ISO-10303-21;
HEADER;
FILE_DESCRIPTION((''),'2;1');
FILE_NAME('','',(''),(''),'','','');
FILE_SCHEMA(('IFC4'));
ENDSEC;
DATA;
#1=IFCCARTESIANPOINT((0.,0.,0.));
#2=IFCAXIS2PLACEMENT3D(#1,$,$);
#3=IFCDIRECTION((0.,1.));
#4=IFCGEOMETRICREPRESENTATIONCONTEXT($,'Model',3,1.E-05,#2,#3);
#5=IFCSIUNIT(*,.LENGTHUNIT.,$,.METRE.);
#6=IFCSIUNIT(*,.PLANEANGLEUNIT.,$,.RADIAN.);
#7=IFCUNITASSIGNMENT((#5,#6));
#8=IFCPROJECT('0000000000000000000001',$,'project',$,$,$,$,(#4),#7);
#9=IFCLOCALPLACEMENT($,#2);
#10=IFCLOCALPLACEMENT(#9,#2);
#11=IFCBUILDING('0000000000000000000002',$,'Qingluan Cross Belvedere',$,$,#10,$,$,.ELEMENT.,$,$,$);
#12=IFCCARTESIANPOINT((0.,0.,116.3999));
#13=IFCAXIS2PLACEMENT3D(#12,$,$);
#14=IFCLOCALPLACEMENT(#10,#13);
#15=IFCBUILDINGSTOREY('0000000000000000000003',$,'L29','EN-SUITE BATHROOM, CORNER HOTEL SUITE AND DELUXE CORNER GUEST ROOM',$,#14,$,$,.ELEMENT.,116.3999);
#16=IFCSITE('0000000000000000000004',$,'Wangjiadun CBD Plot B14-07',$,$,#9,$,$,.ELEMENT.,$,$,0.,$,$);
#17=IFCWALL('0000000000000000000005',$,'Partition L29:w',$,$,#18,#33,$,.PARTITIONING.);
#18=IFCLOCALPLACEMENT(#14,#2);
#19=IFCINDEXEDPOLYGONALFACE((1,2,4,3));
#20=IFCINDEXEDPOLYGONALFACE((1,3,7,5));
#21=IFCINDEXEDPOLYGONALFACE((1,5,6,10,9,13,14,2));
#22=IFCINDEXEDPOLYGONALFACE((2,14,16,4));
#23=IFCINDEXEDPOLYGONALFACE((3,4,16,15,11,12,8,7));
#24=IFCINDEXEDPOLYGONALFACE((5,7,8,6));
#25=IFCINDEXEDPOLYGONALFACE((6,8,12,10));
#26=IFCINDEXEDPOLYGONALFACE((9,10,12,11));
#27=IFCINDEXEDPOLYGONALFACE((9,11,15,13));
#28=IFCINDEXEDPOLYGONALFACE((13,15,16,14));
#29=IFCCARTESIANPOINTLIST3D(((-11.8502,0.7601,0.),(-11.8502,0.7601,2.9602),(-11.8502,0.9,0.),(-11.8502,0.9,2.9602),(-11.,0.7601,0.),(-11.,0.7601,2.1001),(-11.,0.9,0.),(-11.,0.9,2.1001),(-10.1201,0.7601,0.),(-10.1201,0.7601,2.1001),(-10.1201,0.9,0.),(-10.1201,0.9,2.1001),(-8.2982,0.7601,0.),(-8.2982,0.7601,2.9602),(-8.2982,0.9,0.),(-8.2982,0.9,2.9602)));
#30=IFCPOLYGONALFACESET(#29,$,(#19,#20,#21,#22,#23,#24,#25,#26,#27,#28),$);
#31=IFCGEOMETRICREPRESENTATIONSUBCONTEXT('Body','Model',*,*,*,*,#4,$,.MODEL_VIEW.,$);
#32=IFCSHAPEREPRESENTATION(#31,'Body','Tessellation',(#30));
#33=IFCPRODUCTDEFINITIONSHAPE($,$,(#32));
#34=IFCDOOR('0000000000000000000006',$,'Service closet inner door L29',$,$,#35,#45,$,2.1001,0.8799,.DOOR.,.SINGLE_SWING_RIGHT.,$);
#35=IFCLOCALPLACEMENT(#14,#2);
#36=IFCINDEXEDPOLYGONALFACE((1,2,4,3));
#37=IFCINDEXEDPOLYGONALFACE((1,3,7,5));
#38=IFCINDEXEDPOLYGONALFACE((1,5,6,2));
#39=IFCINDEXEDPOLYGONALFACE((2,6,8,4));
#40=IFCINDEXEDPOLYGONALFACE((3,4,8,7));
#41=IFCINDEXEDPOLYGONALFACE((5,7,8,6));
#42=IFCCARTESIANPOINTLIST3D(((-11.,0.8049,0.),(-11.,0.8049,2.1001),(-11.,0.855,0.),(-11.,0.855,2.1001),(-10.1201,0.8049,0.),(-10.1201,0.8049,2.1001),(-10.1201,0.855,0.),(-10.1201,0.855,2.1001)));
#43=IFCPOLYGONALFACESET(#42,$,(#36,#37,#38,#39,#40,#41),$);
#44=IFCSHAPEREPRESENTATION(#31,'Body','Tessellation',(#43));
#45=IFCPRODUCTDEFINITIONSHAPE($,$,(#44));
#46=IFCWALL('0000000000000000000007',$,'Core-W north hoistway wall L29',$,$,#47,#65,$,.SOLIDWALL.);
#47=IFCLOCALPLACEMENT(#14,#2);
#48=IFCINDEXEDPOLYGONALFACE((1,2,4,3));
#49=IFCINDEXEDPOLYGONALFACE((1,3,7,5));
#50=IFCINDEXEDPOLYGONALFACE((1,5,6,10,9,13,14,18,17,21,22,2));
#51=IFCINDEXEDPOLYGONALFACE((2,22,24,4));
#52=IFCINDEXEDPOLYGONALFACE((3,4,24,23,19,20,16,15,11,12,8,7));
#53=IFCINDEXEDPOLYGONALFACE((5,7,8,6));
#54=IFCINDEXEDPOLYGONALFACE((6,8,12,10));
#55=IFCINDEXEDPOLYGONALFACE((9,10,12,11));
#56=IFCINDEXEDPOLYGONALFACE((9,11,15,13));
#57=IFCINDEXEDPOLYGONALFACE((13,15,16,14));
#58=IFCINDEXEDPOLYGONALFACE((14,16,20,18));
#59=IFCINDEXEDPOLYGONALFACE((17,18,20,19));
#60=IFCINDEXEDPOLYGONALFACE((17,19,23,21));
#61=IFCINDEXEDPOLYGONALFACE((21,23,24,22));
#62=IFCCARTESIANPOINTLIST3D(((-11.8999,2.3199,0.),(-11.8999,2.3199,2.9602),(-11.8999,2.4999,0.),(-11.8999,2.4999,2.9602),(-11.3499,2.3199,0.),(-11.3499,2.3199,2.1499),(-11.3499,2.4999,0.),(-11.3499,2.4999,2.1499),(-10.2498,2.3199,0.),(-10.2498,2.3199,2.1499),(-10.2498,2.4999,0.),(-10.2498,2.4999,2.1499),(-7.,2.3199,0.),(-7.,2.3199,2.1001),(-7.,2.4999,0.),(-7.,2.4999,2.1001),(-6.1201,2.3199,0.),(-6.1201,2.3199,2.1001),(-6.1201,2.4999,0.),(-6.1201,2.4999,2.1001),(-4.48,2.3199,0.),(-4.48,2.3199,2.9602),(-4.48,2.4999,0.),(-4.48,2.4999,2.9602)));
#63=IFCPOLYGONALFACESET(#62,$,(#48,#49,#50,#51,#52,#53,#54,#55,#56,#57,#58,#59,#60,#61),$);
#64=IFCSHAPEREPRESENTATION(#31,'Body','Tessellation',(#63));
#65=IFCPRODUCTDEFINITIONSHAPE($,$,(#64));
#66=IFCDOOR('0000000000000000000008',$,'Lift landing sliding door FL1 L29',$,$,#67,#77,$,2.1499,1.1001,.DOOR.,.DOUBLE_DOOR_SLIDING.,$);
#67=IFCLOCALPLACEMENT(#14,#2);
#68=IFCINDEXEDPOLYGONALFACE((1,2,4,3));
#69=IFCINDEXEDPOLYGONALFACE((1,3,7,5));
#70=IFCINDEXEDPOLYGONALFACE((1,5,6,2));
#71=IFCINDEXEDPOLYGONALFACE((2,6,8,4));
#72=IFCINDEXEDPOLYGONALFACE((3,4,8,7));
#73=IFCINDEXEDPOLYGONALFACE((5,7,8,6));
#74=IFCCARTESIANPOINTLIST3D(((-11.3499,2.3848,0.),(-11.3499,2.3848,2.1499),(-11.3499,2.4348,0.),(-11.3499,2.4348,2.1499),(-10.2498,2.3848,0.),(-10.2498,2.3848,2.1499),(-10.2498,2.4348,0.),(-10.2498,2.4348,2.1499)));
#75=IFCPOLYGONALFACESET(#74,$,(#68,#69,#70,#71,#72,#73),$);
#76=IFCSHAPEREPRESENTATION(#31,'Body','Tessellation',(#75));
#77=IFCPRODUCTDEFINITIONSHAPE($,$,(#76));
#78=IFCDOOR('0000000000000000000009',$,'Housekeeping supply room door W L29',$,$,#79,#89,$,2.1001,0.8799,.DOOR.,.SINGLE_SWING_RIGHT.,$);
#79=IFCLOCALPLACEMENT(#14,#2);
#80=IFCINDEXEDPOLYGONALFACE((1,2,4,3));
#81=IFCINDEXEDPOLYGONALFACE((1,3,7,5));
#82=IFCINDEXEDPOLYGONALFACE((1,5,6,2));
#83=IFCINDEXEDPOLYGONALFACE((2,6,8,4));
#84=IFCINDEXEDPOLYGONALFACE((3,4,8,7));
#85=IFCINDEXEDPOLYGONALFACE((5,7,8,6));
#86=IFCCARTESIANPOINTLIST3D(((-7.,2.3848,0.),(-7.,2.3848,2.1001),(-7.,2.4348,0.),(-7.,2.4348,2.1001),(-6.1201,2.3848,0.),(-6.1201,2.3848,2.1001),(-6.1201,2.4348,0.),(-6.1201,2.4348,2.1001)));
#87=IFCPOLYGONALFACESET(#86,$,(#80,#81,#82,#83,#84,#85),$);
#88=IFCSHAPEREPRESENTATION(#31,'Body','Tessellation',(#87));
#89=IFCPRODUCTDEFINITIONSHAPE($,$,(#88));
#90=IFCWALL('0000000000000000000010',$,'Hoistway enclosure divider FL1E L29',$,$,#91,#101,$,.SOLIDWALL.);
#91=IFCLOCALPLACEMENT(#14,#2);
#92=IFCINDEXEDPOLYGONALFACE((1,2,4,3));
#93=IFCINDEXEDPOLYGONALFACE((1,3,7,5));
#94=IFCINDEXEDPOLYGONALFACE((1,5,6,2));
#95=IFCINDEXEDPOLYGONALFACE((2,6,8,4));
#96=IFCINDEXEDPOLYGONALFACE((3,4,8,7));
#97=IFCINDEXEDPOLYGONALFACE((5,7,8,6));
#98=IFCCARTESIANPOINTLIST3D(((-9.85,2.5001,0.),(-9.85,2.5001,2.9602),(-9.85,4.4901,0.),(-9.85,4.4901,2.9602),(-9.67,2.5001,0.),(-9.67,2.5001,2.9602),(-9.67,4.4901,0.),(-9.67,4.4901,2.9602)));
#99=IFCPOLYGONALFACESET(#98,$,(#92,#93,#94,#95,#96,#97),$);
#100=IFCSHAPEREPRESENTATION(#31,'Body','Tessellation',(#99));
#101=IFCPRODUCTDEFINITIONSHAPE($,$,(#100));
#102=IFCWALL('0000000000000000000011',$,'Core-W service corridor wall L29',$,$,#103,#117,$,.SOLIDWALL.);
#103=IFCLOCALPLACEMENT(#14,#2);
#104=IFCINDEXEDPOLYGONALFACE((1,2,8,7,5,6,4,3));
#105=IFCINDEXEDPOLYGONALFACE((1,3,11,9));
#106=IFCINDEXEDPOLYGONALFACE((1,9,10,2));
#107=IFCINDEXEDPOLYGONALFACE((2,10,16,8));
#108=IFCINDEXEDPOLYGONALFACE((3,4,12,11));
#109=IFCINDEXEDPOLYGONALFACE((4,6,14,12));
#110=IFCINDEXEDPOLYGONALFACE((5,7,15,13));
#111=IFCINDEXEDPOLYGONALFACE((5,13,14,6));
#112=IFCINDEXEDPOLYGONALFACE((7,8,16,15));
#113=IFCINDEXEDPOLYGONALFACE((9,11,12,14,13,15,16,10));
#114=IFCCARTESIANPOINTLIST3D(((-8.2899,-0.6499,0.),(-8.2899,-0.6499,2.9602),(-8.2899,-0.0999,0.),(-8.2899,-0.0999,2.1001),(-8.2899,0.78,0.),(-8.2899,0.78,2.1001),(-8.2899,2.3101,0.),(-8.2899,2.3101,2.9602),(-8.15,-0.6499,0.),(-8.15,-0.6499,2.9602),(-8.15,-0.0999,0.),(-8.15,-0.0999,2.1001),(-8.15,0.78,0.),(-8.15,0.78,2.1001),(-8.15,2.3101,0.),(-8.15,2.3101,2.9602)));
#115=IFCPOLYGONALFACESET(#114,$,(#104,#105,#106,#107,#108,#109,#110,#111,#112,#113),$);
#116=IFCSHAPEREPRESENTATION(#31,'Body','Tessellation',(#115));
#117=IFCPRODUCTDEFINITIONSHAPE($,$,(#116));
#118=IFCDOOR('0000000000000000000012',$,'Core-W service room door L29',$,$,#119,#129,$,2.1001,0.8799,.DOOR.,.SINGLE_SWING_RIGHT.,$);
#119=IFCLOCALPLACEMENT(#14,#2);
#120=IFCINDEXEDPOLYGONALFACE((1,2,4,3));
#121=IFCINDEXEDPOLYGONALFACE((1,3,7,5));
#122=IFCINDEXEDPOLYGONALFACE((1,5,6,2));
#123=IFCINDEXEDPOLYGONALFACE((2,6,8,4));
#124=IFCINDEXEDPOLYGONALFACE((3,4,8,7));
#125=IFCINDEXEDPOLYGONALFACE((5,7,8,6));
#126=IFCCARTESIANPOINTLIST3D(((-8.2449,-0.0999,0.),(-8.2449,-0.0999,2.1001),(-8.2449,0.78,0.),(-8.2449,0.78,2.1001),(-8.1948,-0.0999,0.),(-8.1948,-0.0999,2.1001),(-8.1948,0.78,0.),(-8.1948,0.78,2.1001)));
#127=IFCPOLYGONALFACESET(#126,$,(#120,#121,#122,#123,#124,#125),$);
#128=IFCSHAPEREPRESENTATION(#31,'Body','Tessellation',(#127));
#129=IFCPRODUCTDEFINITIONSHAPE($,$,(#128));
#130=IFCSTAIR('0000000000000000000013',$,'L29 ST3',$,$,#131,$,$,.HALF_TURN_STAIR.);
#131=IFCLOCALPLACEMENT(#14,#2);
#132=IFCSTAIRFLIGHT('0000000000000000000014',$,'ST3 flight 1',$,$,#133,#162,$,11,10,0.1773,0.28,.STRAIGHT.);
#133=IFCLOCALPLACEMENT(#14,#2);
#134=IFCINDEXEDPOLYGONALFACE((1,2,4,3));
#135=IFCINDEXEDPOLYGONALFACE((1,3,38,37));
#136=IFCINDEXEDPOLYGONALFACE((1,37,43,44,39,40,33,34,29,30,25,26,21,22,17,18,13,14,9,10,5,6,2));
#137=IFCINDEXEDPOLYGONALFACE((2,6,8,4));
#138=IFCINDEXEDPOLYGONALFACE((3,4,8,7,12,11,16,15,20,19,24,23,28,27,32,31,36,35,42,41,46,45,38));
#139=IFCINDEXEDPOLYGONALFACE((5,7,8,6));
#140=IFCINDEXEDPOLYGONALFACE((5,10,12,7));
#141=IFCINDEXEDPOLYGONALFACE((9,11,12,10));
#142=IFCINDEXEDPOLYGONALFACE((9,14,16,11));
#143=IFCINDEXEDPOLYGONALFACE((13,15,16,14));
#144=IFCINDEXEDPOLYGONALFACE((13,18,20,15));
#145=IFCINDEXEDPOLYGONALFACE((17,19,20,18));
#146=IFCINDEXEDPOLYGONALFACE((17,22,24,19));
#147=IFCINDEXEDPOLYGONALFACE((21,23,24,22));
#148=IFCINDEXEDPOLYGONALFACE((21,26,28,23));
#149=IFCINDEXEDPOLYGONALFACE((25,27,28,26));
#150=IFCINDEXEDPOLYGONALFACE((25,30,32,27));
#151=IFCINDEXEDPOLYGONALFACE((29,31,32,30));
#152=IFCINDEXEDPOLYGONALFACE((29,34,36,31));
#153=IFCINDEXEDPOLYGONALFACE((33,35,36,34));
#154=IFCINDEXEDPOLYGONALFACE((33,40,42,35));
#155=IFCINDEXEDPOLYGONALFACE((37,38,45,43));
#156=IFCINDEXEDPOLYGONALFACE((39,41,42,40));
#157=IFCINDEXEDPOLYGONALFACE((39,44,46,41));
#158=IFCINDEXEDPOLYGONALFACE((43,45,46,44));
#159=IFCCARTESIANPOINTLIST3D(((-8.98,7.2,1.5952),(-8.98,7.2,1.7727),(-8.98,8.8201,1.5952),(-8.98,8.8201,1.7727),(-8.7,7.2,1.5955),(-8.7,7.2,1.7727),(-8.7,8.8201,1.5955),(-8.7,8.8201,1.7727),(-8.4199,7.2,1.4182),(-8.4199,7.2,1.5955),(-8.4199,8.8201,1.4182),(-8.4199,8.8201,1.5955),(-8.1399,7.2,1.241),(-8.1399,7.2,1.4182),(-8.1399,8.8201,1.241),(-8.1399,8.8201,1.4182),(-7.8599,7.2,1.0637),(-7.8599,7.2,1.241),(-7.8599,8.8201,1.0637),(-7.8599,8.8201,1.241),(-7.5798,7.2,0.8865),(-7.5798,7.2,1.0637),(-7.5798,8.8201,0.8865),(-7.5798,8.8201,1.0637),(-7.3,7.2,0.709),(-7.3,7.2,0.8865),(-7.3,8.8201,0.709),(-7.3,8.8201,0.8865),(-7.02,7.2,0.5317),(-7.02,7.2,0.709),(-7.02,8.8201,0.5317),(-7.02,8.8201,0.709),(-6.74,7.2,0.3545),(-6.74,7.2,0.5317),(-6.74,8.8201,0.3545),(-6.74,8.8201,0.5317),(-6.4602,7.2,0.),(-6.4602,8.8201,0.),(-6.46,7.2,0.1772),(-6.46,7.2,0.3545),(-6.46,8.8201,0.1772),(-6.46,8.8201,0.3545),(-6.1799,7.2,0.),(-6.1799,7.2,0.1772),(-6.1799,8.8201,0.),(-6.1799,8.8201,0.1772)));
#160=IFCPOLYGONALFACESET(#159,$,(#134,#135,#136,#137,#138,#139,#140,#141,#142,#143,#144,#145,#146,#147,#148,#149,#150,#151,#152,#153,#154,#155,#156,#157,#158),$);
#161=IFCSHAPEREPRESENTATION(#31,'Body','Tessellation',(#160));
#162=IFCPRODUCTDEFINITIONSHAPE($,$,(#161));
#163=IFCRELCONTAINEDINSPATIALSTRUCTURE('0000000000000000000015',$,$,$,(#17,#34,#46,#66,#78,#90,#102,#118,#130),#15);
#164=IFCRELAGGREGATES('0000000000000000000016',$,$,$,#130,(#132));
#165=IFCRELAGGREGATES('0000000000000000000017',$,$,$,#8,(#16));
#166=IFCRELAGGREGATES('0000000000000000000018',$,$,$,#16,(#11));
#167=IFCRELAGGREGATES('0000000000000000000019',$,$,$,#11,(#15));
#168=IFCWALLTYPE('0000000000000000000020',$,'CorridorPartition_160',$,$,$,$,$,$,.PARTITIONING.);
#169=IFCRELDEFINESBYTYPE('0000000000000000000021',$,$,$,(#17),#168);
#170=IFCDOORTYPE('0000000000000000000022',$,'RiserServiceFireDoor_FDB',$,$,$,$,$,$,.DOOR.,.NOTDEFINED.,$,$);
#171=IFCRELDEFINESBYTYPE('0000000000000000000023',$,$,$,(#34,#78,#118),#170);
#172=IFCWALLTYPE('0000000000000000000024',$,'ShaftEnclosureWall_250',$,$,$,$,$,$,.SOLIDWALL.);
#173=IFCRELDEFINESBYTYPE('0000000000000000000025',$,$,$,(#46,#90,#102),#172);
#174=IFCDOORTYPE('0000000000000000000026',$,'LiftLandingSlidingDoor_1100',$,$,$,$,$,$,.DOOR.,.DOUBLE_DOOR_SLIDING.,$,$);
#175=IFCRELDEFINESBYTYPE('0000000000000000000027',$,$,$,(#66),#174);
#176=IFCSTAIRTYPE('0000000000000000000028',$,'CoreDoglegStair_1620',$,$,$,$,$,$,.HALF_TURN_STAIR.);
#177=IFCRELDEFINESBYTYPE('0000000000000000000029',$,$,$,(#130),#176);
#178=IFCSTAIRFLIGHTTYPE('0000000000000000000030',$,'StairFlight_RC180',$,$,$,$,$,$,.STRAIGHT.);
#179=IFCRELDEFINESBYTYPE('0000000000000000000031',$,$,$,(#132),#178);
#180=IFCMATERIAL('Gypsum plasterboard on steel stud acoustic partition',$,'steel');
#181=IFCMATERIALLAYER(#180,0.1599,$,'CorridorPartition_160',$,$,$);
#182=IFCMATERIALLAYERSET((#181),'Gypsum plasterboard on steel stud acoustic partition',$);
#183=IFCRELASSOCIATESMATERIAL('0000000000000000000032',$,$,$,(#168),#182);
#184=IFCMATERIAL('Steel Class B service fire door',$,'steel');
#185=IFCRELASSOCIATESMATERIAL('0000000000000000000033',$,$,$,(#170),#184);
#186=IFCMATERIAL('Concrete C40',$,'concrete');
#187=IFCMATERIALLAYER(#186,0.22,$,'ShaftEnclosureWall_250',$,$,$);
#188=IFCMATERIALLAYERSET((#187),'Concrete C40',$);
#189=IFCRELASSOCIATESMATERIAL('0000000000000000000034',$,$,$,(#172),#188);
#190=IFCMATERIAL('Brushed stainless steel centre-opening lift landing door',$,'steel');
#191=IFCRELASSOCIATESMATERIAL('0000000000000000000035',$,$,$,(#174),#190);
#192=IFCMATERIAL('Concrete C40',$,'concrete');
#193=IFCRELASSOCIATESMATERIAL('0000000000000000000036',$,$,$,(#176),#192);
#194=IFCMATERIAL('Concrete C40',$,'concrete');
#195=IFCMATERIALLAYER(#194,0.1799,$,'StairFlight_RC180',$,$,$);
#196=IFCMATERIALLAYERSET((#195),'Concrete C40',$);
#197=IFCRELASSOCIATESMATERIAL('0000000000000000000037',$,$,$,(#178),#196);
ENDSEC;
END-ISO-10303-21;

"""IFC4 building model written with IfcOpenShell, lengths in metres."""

from ifc_helpers import new_model, si_unit, direction, frame, frame_2d, origin, place, context, subcontext, project, spatial, polyline, rectangle, outline, extrude, material, layer, layer_set, type_object, element, fill, aggregate, save


model = new_model("IFC4")

# Units and contexts
model_context = context("Model", 3, precision=1e-05, world=origin(), true_north=direction((0.0, 1.0)))
body_context = subcontext(model_context, "Body", "Model", "MODEL_VIEW")
ifc_project = project(units=[si_unit("LENGTHUNIT", "METRE"), si_unit("PLANEANGLEUNIT", "RADIAN")], contexts=[model_context])

# Site, building, storey
site_placement = place(None, origin())
site = spatial("IfcSite", under=ifc_project, at=site_placement, Name="Wangjiadun CBD Plot B14-07", CompositionType="ELEMENT", RefElevation=0.0)
building_placement = place(site_placement, origin())
building = spatial("IfcBuilding", under=site, at=building_placement, Name="Qingluan Cross Belvedere", CompositionType="ELEMENT")
storey_placement = place(building_placement, frame((0.0, 0.0, 116.3999)))
storey = spatial("IfcBuildingStorey", under=building, at=storey_placement, Name="L29", Description="EN-SUITE BATHROOM, CORNER HOTEL SUITE AND DELUXE CORNER GUEST ROOM", CompositionType="ELEMENT", Elevation=116.3999)

# Wall, opening, door
ifc_material_1 = material(Name="Gypsum plasterboard on steel stud acoustic partition", Category="steel")
ifc_layer_1 = layer(ifc_material_1, 0.1599, Name="CorridorPartition_160")
ifc_layer_set_1 = layer_set([ifc_layer_1], Name="Gypsum plasterboard on steel stud acoustic partition")
wall_type_1 = type_object("IfcWallType", Name="CorridorPartition_160", PredefinedType="PARTITIONING", material=ifc_layer_set_1)
wall_1_placement = place(storey_placement, frame((-11.8501, 0.8301, 0.0), z_axis=(0.0, 0.0, 1.0), x_axis=(1.0, 0.0, 0.0)))
wall_1 = element("IfcWall", 1, at=wall_1_placement, inside=storey, type_object=wall_type_1, Name="Partition L29:w", PredefinedType="PARTITIONING", context=body_context, shape_type="SweptSolid", body=[
    extrude(rectangle(XDim=3.552, YDim=0.1399, at=frame_2d((1.7759, 0.0))), origin(), (0.0, 0.0, 1.0), 2.9602),
])
opening_1_placement = place(wall_1_placement, frame((0.8501, 0.0, 0.0)))
opening_1 = element("IfcOpeningElement", 2, at=opening_1_placement, cuts=wall_1, PredefinedType="OPENING", context=body_context, shape_type="SweptSolid", body=[
    extrude(rectangle(XDim=0.8799, YDim=2.1001, at=frame_2d((0.4399, 1.05))), frame((0.0, 0.0798, 0.0), z_axis=(0.0, -1.0, 0.0), x_axis=(1.0, 0.0, 0.0)), (0.0, 0.0, 1.0), 0.1599),
])
ifc_material_2 = material(Name="Steel Class B service fire door", Category="steel")
door_type_1 = type_object("IfcDoorType", Name="RiserServiceFireDoor_FDB", OperationType="NOTDEFINED", PredefinedType="DOOR", material=ifc_material_2)
door_1_placement = place(opening_1_placement, origin())
door_1 = element("IfcDoor", 3, at=door_1_placement, inside=storey, type_object=door_type_1, Name="Service closet inner door L29", OperationType="SINGLE_SWING_RIGHT", OverallHeight=2.1001, OverallWidth=0.8799, PredefinedType="DOOR", context=body_context, shape_type="SweptSolid", body=[
    extrude(rectangle(XDim=0.8799, YDim=2.1001, at=frame_2d((0.4399, 1.05))), frame((0.0, 0.0249, 0.0), z_axis=(0.0, -1.0, 0.0), x_axis=(1.0, 0.0, 0.0)), (0.0, 0.0, 1.0), 0.05),
])
fill(opening_1, door_1)

# Wall, openings, doors
ifc_material_3 = material(Name="Concrete C40", Category="concrete")
ifc_layer_2 = layer(ifc_material_3, 0.22, Name="ShaftEnclosureWall_250")
ifc_layer_set_2 = layer_set([ifc_layer_2], Name="Concrete C40")
wall_type_2 = type_object("IfcWallType", Name="ShaftEnclosureWall_250", PredefinedType="SOLIDWALL", material=ifc_layer_set_2)
wall_2_placement = place(storey_placement, frame((-11.8999, 2.4099, 0.0), z_axis=(0.0, 0.0, 1.0), x_axis=(1.0, 0.0, 0.0)))
wall_2 = element("IfcWall", 4, at=wall_2_placement, inside=storey, type_object=wall_type_2, Name="Core-W north hoistway wall L29", PredefinedType="SOLIDWALL", context=body_context, shape_type="SweptSolid", body=[
    extrude(rectangle(XDim=7.4199, YDim=0.1799, at=frame_2d((3.71, 0.0))), origin(), (0.0, 0.0, 1.0), 2.9602),
])
opening_2_placement = place(wall_2_placement, frame((0.55, 0.0, 0.0)))
opening_2 = element("IfcOpeningElement", 5, at=opening_2_placement, cuts=wall_2, PredefinedType="OPENING", context=body_context, shape_type="SweptSolid", body=[
    extrude(rectangle(XDim=1.1001, YDim=2.1499, at=frame_2d((0.55, 1.075))), frame((0.0, 0.0999, 0.0), z_axis=(0.0, -1.0, 0.0), x_axis=(1.0, 0.0, 0.0)), (0.0, 0.0, 1.0), 0.2),
])
opening_3_placement = place(wall_2_placement, frame((4.8999, 0.0, 0.0)))
opening_3 = element("IfcOpeningElement", 6, at=opening_3_placement, cuts=wall_2, PredefinedType="OPENING", context=body_context, shape_type="SweptSolid", body=[
    extrude(rectangle(XDim=0.8799, YDim=2.1001, at=frame_2d((0.4399, 1.05))), frame((0.0, 0.0999, 0.0), z_axis=(0.0, -1.0, 0.0), x_axis=(1.0, 0.0, 0.0)), (0.0, 0.0, 1.0), 0.2),
])
ifc_material_4 = material(Name="Brushed stainless steel centre-opening lift landing door", Category="steel")
door_type_2 = type_object("IfcDoorType", Name="LiftLandingSlidingDoor_1100", OperationType="DOUBLE_DOOR_SLIDING", PredefinedType="DOOR", material=ifc_material_4)
door_2_placement = place(opening_2_placement, origin())
door_2 = element("IfcDoor", 7, at=door_2_placement, inside=storey, type_object=door_type_2, Name="Lift landing sliding door FL1 L29", OperationType="DOUBLE_DOOR_SLIDING", OverallHeight=2.1499, OverallWidth=1.1001, PredefinedType="DOOR", context=body_context, shape_type="SweptSolid", body=[
    extrude(rectangle(XDim=1.1001, YDim=2.1499, at=frame_2d((0.55, 1.075))), frame((0.0, 0.0249, 0.0), z_axis=(0.0, -1.0, 0.0), x_axis=(1.0, 0.0, 0.0)), (0.0, 0.0, 1.0), 0.05),
])
fill(opening_2, door_2)
door_3_placement = place(opening_3_placement, origin())
door_3 = element("IfcDoor", 8, at=door_3_placement, inside=storey, type_object=door_type_1, Name="Housekeeping supply room door W L29", OperationType="SINGLE_SWING_RIGHT", OverallHeight=2.1001, OverallWidth=0.8799, PredefinedType="DOOR", context=body_context, shape_type="SweptSolid", body=[
    extrude(rectangle(XDim=0.8799, YDim=2.1001, at=frame_2d((0.4399, 1.05))), frame((0.0, 0.0249, 0.0), z_axis=(0.0, -1.0, 0.0), x_axis=(1.0, 0.0, 0.0)), (0.0, 0.0, 1.0), 0.05),
])
fill(opening_3, door_3)

# Wall
wall_3_placement = place(storey_placement, frame((-9.76, 2.5, 0.0), z_axis=(0.0, 0.0, 1.0), x_axis=(0.0, 1.0, 0.0)))
element("IfcWall", 9, at=wall_3_placement, inside=storey, type_object=wall_type_2, Name="Hoistway enclosure divider FL1E L29", PredefinedType="SOLIDWALL", context=body_context, shape_type="SweptSolid", body=[
    extrude(rectangle(XDim=1.99, YDim=0.1799, at=frame_2d((0.9951, 0.0))), origin(), (0.0, 0.0, 1.0), 2.9602),
])

# Wall, opening, door
wall_4_placement = place(storey_placement, frame((-8.22, -0.6499, 0.0), z_axis=(0.0, 0.0, 1.0), x_axis=(0.0, 1.0, 0.0)))
wall_4 = element("IfcWall", 10, at=wall_4_placement, inside=storey, type_object=wall_type_2, Name="Core-W service corridor wall L29", PredefinedType="SOLIDWALL", context=body_context, shape_type="SweptSolid", body=[
    extrude(rectangle(XDim=2.96, YDim=0.1399, at=frame_2d((1.48, 0.0))), origin(), (0.0, 0.0, 1.0), 2.9602),
])
opening_4_placement = place(wall_4_placement, frame((0.55, 0.0, 0.0)))
opening_4 = element("IfcOpeningElement", 11, at=opening_4_placement, cuts=wall_4, PredefinedType="OPENING", context=body_context, shape_type="SweptSolid", body=[
    extrude(rectangle(XDim=0.8799, YDim=2.1001, at=frame_2d((0.4399, 1.05))), frame((0.0, 0.0798, 0.0), z_axis=(0.0, -1.0, 0.0), x_axis=(1.0, 0.0, 0.0)), (0.0, 0.0, 1.0), 0.1599),
])
door_4_placement = place(opening_4_placement, origin())
door_4 = element("IfcDoor", 12, at=door_4_placement, inside=storey, type_object=door_type_1, Name="Core-W service room door L29", OperationType="SINGLE_SWING_RIGHT", OverallHeight=2.1001, OverallWidth=0.8799, PredefinedType="DOOR", context=body_context, shape_type="SweptSolid", body=[
    extrude(rectangle(XDim=0.8799, YDim=2.1001, at=frame_2d((0.4399, 1.05))), frame((0.0, 0.0249, 0.0), z_axis=(0.0, -1.0, 0.0), x_axis=(1.0, 0.0, 0.0)), (0.0, 0.0, 1.0), 0.05),
])
fill(opening_4, door_4)

# Stair, stair flight
ifc_material_5 = material(Name="Concrete C40", Category="concrete")
stair_type = type_object("IfcStairType", Name="CoreDoglegStair_1620", PredefinedType="HALF_TURN_STAIR", material=ifc_material_5)
stair_placement = place(storey_placement, origin())
stair = element("IfcStair", 13, at=stair_placement, inside=storey, type_object=stair_type, Name="L29 ST3", PredefinedType="HALF_TURN_STAIR")
ifc_material_6 = material(Name="Concrete C40", Category="concrete")
ifc_layer_3 = layer(ifc_material_6, 0.1799, Name="StairFlight_RC180")
ifc_layer_set_3 = layer_set([ifc_layer_3], Name="Concrete C40")
stair_flight_type = type_object("IfcStairFlightType", Name="StairFlight_RC180", PredefinedType="STRAIGHT", material=ifc_layer_set_3)
stair_flight_1_placement = place(storey_placement, frame((-6.1799, 8.01, 0.0), z_axis=(0.0, 0.0, 1.0), x_axis=(-1.0, 0.0, 0.0)))
stair_flight_1 = element("IfcStairFlight", 14, at=stair_flight_1_placement, type_object=stair_flight_type, Name="ST3 flight 1", NumberOfRisers=11, NumberOfTreads=10, PredefinedType="STRAIGHT", RiserHeight=0.1773, TreadLength=0.28, context=body_context, shape_type="SweptSolid", body=[
    extrude(outline(polyline([(0.0, 0.0), (0.0, 0.1772), (0.28, 0.1772), (0.28, 0.3545), (0.5601, 0.3545), (0.5601, 0.5317), (0.8401, 0.5317), (0.8401, 0.709), (1.1201, 0.709), (1.1201, 0.8865), (1.3999, 0.8865), (1.3999, 1.0637), (1.6799, 1.0637), (1.6799, 1.241), (1.96, 1.241), (1.96, 1.4182), (2.24, 1.4182), (2.24, 1.5955), (2.52, 1.5955), (2.52, 1.7727), (2.8, 1.7727), (2.8, 1.95), (2.8, 1.5952), (0.2803, 0.0), (0.0, 0.0)])), frame((0.0, 0.8101, 0.0), z_axis=(0.0, -1.0, 0.0), x_axis=(1.0, 0.0, 0.0)), (0.0, 0.0, 1.0), 1.6201),
])
aggregate(stair, [stair_flight_1])

save(model, "model.ifc")
